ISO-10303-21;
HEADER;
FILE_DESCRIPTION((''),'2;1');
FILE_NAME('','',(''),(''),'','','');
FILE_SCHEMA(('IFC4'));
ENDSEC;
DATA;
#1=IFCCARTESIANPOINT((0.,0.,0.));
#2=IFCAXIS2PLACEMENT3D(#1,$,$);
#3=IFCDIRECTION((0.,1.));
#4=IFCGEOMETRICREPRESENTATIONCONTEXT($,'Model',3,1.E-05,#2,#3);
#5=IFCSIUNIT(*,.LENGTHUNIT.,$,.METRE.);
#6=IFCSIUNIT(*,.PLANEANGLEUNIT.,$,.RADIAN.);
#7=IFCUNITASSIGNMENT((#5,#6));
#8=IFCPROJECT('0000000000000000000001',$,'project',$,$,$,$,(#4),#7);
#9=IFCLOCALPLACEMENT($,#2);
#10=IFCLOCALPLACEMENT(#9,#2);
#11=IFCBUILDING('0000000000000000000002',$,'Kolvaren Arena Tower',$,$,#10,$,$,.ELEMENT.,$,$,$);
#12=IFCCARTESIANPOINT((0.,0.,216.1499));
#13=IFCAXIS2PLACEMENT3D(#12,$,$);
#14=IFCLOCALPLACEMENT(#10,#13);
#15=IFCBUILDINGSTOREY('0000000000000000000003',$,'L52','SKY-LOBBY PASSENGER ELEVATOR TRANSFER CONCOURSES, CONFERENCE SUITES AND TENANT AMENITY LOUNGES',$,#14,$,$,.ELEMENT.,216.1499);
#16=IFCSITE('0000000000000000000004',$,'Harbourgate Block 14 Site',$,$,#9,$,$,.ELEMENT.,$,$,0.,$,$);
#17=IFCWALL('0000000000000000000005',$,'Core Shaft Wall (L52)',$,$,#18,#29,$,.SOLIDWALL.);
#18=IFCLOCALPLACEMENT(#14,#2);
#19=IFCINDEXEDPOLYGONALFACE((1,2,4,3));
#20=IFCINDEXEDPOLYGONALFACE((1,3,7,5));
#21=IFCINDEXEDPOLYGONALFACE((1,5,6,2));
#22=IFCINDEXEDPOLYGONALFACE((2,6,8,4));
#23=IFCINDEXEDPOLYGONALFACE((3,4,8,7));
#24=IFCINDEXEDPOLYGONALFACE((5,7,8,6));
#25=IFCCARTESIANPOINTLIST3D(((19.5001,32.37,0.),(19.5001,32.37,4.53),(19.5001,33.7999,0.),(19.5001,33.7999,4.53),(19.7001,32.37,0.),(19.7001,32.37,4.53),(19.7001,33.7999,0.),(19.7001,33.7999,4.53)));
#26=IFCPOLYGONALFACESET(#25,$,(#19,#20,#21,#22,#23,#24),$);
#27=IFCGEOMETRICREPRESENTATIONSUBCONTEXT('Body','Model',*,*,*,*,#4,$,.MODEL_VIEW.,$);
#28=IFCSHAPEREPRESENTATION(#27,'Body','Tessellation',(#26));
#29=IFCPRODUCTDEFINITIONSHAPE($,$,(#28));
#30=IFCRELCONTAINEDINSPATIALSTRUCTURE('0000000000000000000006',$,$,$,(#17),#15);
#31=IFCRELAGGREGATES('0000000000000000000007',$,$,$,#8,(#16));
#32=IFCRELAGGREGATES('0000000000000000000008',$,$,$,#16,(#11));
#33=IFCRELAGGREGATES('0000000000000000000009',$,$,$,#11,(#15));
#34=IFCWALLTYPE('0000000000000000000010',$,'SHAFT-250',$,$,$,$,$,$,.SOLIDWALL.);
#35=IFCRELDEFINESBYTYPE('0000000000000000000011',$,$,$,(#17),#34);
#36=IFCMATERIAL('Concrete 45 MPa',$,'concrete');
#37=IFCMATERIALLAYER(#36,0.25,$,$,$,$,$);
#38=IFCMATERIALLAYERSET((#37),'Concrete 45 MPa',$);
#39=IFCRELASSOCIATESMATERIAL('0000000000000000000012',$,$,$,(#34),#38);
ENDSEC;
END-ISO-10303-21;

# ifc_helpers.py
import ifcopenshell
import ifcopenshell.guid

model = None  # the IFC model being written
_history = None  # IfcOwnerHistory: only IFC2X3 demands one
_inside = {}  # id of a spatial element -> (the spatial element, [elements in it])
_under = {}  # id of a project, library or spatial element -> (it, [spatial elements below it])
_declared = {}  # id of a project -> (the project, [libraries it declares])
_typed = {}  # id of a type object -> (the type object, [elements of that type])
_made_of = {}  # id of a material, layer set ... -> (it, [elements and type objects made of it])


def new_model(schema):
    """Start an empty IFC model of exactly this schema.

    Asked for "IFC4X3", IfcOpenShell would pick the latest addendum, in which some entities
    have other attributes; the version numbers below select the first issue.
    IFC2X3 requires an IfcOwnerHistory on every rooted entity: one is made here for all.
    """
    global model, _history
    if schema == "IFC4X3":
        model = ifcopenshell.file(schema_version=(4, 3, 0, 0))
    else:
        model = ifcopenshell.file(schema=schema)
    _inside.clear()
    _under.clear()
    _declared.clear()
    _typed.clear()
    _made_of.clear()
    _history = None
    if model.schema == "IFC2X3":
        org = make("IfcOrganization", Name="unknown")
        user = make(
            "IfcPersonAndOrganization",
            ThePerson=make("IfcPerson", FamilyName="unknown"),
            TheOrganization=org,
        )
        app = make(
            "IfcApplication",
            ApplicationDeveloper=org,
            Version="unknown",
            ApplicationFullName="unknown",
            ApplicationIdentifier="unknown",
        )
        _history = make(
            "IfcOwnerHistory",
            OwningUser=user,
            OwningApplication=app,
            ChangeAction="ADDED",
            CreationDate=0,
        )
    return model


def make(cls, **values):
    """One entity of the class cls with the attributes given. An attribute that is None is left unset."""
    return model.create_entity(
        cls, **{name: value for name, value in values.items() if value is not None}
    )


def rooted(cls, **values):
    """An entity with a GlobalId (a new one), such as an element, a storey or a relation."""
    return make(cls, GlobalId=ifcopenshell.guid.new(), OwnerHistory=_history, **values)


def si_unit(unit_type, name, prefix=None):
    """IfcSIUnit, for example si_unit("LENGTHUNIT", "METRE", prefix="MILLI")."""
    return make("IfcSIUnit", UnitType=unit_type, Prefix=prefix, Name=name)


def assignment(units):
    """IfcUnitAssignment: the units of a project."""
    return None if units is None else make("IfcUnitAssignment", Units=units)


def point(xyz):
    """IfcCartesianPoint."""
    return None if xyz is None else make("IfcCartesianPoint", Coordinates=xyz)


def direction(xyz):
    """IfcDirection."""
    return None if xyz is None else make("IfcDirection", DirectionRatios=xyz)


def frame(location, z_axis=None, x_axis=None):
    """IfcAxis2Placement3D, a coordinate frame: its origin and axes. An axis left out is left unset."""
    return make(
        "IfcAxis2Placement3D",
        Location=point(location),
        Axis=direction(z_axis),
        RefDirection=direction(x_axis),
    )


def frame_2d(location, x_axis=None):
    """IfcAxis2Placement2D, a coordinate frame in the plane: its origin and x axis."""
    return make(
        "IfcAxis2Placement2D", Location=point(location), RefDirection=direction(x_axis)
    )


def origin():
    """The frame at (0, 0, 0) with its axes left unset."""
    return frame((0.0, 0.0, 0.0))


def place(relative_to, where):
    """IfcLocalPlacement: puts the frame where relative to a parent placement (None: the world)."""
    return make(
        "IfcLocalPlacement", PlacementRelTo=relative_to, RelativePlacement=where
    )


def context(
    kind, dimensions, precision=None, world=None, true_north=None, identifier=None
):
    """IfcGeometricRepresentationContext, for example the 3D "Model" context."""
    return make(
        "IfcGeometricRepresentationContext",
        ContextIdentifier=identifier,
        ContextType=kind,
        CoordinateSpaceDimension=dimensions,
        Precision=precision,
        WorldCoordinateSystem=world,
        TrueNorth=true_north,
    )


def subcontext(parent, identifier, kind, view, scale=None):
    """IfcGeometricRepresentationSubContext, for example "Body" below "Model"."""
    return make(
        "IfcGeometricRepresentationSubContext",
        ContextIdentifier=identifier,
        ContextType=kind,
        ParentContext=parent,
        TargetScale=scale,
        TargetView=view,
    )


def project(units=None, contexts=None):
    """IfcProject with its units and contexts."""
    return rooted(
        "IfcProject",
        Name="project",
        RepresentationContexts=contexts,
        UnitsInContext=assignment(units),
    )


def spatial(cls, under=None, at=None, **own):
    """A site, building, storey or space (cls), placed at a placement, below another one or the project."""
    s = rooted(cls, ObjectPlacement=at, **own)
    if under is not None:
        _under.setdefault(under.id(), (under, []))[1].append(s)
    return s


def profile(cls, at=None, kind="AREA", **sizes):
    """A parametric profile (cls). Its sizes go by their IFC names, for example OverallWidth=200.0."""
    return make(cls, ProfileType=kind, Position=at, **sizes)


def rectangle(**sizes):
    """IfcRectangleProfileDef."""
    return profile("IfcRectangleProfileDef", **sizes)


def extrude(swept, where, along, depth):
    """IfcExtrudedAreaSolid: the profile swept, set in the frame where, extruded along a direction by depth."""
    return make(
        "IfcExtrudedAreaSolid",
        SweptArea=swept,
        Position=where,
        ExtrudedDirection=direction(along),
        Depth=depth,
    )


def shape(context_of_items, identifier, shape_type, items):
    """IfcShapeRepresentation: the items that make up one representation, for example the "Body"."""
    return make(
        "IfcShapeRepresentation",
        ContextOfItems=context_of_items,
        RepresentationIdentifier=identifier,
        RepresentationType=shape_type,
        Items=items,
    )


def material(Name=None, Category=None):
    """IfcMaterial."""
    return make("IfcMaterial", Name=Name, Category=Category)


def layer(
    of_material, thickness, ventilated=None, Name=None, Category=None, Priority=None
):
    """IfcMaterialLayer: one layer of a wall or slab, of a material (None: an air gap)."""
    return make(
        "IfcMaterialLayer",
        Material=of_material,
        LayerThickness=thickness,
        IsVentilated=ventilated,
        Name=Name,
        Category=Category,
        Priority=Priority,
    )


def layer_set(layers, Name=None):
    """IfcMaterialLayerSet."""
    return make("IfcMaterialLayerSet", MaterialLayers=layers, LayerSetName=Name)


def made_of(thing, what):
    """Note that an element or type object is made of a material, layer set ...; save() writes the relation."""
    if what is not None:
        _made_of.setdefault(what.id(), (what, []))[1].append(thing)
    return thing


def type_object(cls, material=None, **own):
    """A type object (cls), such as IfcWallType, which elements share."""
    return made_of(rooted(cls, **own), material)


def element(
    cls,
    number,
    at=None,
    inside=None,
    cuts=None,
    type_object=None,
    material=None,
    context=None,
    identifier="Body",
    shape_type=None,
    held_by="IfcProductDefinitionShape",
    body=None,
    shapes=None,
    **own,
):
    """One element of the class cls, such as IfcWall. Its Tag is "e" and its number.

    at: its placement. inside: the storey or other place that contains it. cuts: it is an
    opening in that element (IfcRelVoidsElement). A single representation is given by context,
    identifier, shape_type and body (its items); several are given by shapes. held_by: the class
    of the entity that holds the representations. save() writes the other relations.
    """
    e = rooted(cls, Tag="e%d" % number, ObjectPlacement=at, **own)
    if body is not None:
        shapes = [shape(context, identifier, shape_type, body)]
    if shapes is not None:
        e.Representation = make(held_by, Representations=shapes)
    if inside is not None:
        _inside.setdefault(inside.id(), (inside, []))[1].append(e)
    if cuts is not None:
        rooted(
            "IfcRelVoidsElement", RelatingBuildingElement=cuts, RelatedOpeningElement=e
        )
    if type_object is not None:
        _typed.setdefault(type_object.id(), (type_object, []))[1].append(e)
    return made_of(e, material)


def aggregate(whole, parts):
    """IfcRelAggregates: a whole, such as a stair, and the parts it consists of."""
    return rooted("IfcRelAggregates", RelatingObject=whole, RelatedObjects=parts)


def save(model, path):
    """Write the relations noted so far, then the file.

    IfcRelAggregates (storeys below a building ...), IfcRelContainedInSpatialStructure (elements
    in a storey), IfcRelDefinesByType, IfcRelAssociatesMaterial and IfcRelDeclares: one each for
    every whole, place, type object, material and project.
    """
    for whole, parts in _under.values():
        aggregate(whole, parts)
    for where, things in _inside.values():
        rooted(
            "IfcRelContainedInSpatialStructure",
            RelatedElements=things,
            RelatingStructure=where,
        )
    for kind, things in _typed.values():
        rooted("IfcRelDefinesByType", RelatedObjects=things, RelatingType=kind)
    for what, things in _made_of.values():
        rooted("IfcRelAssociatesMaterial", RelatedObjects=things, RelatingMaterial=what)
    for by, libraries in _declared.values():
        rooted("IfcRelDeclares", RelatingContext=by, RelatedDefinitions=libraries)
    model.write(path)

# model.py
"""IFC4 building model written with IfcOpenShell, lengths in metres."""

from ifc_helpers import new_model, si_unit, direction, frame, frame_2d, origin, place, context, subcontext, project, spatial, rectangle, extrude, material, layer, layer_set, type_object, element, save


model = new_model("IFC4")

# Units and contexts
model_context = context("Model", 3, precision=1e-05, world=origin(), true_north=direction((0.0, 1.0)))
body_context = subcontext(model_context, "Body", "Model", "MODEL_VIEW")
ifc_project = project(units=[si_unit("LENGTHUNIT", "METRE"), si_unit("PLANEANGLEUNIT", "RADIAN")], contexts=[model_context])

# Site, building, storey
site_placement = place(None, origin())
site = spatial("IfcSite", under=ifc_project, at=site_placement, Name="Harbourgate Block 14 Site", CompositionType="ELEMENT", RefElevation=0.0)
building_placement = place(site_placement, origin())
building = spatial("IfcBuilding", under=site, at=building_placement, Name="Kolvaren Arena Tower", CompositionType="ELEMENT")
storey_placement = place(building_placement, frame((0.0, 0.0, 216.1499)))
storey = spatial("IfcBuildingStorey", under=building, at=storey_placement, Name="L52", Description="SKY-LOBBY PASSENGER ELEVATOR TRANSFER CONCOURSES, CONFERENCE SUITES AND TENANT AMENITY LOUNGES", CompositionType="ELEMENT", Elevation=216.1499)

# Wall
ifc_material_1 = material(Name="Concrete 45 MPa", Category="concrete")
ifc_layer_1 = layer(ifc_material_1, 0.25)
ifc_layer_set_1 = layer_set([ifc_layer_1], Name="Concrete 45 MPa")
wall_type_1 = type_object("IfcWallType", Name="SHAFT-250", PredefinedType="SOLIDWALL", material=ifc_layer_set_1)
wall_1_placement = place(storey_placement, frame((19.6001, 32.3701, 0.0), z_axis=(0.0, 0.0, 1.0), x_axis=(0.0, 1.0, 0.0)))
element("IfcWall", 1, at=wall_1_placement, inside=storey, type_object=wall_type_1, Name="Core Shaft Wall (L52)", PredefinedType="SOLIDWALL", context=body_context, shape_type="SweptSolid", body=[
    extrude(rectangle(XDim=1.4299, YDim=0.2, at=frame_2d((0.7148, 0.0))), origin(), (0.0, 0.0, 1.0), 4.53),
])

save(model, "model.ifc")
